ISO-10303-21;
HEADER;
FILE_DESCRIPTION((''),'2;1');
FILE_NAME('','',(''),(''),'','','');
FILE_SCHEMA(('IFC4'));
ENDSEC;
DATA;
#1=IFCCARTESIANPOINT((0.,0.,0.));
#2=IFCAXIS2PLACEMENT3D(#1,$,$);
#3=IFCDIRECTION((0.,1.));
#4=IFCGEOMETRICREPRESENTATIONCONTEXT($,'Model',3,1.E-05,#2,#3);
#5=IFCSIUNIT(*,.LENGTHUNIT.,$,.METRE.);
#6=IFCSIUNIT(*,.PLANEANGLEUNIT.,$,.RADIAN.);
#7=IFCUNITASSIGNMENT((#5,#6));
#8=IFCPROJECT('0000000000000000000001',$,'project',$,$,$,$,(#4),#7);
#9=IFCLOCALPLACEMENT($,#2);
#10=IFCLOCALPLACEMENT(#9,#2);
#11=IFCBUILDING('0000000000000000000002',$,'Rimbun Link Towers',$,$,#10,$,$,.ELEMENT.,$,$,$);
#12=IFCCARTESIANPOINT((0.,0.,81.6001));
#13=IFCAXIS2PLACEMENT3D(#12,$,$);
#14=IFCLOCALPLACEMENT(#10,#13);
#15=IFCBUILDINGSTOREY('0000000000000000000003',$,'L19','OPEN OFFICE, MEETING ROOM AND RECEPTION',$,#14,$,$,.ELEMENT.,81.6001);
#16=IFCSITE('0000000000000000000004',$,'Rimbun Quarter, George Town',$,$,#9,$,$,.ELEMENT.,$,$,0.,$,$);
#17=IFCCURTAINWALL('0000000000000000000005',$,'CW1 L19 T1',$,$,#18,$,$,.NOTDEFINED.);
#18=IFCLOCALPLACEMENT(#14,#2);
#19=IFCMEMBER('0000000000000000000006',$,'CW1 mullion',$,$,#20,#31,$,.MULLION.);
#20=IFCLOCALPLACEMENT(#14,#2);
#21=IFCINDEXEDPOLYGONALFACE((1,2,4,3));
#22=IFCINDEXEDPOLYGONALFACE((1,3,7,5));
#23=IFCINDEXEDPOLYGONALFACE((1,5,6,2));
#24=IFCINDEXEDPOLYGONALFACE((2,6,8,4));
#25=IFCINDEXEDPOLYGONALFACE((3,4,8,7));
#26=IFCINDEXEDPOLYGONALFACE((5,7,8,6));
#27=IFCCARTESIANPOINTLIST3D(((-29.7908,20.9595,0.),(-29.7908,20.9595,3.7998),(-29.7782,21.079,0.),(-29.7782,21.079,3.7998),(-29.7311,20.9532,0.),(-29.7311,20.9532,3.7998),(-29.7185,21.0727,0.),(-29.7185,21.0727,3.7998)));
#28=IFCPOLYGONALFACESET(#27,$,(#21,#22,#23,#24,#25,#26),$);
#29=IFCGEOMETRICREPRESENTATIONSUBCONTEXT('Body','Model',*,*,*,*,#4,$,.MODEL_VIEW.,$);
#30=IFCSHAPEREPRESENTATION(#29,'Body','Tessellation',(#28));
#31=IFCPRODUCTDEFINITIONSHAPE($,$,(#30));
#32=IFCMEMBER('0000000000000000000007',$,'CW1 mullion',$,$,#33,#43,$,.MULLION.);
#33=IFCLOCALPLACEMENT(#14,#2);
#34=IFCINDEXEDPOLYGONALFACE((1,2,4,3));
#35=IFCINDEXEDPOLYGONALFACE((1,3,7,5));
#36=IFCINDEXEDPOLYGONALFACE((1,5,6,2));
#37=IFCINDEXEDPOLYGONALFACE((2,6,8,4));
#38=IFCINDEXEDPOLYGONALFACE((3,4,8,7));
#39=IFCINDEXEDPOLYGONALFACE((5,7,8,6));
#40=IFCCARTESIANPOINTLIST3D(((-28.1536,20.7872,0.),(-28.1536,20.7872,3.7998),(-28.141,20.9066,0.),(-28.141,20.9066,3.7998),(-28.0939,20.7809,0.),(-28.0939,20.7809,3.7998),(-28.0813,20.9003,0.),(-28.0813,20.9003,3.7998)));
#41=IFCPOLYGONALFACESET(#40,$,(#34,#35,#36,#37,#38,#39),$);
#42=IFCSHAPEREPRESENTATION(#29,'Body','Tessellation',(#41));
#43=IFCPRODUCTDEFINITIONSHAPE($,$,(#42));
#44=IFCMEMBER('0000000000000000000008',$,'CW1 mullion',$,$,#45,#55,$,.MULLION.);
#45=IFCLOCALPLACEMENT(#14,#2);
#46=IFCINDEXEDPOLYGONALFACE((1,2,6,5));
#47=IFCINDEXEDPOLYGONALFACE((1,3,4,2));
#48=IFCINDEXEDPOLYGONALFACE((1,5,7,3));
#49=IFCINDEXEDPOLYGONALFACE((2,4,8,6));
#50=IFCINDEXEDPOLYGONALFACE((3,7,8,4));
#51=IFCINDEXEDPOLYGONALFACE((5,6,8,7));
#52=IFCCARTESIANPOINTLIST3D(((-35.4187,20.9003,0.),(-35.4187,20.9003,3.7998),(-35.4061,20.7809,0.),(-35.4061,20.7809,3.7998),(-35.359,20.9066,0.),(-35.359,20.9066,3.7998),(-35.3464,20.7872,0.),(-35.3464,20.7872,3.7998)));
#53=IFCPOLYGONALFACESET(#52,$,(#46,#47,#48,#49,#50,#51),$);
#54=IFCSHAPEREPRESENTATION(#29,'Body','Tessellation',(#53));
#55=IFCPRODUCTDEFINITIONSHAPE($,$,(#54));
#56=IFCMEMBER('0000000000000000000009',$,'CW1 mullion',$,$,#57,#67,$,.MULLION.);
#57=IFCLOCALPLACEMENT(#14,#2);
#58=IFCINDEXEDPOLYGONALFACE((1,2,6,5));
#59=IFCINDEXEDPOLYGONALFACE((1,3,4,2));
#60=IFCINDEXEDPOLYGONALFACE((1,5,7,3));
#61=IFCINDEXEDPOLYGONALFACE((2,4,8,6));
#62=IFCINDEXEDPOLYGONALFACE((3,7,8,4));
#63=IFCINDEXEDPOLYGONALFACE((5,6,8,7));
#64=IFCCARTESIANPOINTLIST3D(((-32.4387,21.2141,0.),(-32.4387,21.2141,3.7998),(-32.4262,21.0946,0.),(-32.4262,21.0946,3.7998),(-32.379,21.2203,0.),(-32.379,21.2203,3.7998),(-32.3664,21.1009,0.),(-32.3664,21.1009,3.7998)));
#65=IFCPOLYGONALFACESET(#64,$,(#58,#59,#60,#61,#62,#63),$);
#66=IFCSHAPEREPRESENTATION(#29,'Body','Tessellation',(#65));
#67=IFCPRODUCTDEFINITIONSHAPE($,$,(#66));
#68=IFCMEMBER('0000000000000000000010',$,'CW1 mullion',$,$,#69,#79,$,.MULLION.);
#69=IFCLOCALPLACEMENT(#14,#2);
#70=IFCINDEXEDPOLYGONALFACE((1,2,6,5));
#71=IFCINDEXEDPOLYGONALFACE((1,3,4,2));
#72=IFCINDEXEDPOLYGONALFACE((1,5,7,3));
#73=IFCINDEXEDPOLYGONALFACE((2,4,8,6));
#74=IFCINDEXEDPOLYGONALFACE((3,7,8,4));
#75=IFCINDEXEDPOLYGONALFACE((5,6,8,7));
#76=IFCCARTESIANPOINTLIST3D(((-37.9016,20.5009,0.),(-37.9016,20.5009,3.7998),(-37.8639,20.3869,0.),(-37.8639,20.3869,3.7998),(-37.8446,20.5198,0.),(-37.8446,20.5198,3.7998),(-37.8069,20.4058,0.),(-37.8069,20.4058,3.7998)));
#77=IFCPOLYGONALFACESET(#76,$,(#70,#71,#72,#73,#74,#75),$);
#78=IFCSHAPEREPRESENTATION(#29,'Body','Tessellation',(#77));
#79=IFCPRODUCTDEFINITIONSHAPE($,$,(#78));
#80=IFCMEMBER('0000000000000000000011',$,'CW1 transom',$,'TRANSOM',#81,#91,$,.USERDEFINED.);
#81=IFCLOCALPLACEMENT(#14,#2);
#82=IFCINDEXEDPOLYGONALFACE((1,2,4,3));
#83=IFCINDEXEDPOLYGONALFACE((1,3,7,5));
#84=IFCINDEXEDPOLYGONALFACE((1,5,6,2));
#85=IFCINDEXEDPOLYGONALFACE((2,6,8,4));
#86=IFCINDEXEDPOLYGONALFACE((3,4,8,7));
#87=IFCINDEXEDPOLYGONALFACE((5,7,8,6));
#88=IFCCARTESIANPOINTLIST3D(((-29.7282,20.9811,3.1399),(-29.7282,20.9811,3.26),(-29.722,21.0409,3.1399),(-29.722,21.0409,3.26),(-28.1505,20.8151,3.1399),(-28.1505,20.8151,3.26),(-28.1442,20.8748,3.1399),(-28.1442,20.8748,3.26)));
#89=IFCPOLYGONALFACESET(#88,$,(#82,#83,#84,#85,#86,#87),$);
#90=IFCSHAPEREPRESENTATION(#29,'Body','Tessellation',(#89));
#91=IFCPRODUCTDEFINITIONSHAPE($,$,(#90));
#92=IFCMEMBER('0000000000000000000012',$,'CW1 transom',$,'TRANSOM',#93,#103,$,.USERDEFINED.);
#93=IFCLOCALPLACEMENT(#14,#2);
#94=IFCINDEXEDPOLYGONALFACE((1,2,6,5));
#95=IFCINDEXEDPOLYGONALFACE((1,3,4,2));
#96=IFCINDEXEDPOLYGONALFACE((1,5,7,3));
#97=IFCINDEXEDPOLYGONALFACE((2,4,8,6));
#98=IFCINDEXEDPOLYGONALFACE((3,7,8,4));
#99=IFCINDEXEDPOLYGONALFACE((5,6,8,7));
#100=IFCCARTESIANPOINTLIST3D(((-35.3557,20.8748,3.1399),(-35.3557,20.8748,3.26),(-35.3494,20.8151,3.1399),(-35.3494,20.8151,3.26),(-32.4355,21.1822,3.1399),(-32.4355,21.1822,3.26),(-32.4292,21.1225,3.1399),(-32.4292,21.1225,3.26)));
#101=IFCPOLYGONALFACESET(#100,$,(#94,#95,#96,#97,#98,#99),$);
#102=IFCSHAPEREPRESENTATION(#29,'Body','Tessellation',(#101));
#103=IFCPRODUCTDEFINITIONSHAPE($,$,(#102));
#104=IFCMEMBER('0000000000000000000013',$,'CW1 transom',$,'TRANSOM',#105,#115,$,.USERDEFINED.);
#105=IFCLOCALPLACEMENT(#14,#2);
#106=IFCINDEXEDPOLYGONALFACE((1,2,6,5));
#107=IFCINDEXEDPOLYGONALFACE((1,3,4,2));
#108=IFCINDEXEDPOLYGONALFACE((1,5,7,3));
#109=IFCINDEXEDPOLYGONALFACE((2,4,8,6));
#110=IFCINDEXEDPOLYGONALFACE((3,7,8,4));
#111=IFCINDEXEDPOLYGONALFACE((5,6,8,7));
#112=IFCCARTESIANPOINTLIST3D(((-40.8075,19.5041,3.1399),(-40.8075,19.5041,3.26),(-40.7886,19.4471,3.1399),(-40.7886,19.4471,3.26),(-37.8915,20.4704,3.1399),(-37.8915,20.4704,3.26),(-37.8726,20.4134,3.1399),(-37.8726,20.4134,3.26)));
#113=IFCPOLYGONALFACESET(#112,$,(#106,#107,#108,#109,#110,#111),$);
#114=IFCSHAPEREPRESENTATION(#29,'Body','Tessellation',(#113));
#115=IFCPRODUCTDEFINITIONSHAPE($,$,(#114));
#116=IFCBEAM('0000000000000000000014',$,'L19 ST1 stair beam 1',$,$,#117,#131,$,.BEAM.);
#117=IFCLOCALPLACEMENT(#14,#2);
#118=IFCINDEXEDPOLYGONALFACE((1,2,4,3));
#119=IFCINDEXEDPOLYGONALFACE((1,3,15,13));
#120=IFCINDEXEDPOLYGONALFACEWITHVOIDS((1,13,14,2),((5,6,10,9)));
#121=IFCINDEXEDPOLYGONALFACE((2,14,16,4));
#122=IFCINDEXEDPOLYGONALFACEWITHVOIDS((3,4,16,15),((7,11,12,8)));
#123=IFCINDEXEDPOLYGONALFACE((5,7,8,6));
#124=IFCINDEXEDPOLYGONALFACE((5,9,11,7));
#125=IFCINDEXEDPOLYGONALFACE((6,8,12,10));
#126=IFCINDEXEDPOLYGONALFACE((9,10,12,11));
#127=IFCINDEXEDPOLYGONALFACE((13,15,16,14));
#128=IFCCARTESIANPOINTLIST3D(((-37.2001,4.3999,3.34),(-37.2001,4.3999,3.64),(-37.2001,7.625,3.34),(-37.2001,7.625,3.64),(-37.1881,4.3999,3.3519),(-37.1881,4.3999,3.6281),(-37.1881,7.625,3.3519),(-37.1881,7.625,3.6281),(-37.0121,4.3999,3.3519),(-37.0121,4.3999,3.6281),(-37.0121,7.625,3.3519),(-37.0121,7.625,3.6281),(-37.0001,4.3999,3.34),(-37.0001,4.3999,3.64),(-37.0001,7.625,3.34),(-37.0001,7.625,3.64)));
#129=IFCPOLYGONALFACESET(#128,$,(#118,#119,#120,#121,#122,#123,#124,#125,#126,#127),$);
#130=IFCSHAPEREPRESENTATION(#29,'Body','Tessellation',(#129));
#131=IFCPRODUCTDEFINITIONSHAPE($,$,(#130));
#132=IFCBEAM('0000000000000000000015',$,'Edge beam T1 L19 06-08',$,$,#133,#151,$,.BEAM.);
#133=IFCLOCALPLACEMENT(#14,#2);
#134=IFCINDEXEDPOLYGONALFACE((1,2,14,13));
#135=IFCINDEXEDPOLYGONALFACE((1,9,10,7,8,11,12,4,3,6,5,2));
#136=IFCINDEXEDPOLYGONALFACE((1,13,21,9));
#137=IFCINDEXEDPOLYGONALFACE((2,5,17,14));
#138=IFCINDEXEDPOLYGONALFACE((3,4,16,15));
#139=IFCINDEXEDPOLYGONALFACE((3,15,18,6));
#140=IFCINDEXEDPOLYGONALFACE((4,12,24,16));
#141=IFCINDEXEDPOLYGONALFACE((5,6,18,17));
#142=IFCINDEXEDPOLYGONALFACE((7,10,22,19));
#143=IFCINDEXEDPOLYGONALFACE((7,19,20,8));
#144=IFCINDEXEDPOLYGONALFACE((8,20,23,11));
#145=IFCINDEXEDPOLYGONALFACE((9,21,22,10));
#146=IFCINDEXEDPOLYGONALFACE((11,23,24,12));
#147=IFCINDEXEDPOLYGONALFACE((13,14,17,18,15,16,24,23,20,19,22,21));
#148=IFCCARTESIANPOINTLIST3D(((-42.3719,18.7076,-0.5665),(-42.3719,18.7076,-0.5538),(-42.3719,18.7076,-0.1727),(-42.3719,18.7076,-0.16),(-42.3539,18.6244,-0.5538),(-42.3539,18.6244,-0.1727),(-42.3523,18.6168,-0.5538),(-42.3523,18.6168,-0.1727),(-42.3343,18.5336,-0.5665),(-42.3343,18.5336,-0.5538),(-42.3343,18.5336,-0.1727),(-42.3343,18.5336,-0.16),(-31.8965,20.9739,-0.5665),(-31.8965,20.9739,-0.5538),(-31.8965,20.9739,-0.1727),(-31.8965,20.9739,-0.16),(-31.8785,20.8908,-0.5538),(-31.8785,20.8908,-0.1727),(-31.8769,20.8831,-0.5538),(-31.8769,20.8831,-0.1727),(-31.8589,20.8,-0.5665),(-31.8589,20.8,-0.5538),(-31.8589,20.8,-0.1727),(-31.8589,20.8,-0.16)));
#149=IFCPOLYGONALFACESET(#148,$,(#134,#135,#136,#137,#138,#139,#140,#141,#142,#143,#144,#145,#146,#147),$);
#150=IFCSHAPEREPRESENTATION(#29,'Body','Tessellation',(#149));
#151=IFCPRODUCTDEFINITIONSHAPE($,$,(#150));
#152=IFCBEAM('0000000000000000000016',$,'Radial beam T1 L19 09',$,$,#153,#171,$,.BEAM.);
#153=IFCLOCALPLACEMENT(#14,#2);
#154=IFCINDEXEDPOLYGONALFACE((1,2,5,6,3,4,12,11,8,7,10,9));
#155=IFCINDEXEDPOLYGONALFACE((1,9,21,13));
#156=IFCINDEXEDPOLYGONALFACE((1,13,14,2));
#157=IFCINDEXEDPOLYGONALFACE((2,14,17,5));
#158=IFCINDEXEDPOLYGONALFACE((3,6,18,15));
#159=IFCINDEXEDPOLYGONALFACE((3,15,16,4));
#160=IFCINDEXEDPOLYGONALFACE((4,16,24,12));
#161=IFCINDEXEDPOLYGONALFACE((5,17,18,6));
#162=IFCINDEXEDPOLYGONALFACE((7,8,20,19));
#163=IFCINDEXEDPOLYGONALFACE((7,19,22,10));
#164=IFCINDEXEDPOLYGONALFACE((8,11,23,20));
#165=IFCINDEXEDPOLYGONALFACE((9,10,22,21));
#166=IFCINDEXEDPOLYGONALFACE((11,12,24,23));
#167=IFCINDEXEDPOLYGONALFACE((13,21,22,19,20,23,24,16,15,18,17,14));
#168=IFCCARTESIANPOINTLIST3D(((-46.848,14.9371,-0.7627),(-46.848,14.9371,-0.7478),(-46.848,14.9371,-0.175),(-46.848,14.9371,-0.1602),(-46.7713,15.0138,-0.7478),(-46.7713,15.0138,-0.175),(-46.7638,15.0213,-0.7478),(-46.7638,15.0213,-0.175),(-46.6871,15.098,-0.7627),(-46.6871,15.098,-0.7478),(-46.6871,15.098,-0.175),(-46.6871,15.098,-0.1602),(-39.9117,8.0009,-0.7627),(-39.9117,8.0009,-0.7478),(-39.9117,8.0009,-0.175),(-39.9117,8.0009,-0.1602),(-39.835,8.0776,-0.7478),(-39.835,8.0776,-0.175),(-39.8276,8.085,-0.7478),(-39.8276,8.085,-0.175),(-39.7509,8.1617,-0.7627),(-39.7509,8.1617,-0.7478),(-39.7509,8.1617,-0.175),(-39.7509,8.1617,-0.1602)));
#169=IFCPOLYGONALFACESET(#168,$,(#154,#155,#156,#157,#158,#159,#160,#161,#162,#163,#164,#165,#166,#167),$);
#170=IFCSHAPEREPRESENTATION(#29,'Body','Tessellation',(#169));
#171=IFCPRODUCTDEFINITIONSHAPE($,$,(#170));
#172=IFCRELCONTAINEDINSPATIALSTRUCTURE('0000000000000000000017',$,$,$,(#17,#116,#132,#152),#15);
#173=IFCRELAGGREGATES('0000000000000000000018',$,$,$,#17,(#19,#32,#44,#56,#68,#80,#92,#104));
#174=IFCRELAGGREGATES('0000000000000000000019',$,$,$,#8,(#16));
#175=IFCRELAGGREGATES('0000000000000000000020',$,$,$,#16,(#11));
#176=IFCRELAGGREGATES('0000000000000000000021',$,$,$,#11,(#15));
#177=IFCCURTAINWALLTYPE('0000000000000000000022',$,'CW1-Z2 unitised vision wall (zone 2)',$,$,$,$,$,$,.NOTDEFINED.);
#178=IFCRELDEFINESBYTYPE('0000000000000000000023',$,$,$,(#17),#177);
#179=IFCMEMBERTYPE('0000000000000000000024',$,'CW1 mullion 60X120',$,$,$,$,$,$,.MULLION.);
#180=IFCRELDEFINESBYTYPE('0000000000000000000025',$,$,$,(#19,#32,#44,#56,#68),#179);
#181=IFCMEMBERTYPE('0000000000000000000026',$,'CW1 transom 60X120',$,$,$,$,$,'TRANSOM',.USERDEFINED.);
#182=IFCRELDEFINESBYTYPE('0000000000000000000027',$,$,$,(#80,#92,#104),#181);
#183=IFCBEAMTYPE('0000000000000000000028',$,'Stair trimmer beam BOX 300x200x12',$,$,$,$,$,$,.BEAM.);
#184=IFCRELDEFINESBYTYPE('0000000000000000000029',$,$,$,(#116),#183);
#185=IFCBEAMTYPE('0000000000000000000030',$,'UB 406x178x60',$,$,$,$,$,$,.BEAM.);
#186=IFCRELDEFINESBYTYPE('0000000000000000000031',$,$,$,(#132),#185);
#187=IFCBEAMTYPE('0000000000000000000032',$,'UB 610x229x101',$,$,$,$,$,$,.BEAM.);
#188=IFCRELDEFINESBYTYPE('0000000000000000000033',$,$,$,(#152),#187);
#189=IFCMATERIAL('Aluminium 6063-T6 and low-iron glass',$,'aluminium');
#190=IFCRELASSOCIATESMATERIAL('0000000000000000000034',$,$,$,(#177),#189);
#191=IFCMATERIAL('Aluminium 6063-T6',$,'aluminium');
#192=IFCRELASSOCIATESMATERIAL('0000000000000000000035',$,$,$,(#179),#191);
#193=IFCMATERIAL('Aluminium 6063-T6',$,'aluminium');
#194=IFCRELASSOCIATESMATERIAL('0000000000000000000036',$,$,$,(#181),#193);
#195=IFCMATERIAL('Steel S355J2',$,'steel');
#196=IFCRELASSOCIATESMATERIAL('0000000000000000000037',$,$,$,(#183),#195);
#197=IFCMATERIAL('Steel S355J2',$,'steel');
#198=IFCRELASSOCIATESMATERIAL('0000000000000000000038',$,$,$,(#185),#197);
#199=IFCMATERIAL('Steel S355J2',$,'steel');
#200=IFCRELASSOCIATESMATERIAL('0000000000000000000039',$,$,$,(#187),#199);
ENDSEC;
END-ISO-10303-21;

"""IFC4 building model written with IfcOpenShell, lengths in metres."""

from ifc_helpers import new_model, si_unit, direction, frame, origin, origin_2d, place, context, subcontext, project, spatial, rectangle, hollow_rectangle, i_section, extrude, material, material_profile, profile_set, type_object, element, aggregate, save


model = new_model("IFC4")

# Units and contexts
model_context = context("Model", 3, precision=1e-05, world=origin(), true_north=direction((0.0, 1.0)))
body_context = subcontext(model_context, "Body", "Model", "MODEL_VIEW")
ifc_project = project(units=[si_unit("LENGTHUNIT", "METRE"), si_unit("PLANEANGLEUNIT", "RADIAN")], contexts=[model_context])

# Site, building, storey
site_placement = place(None, origin())
site = spatial("IfcSite", under=ifc_project, at=site_placement, Name="Rimbun Quarter, George Town", CompositionType="ELEMENT", RefElevation=0.0)
building_placement = place(site_placement, origin())
building = spatial("IfcBuilding", under=site, at=building_placement, Name="Rimbun Link Towers", CompositionType="ELEMENT")
storey_placement = place(building_placement, frame((0.0, 0.0, 81.6001)))
storey = spatial("IfcBuildingStorey", under=building, at=storey_placement, Name="L19", Description="OPEN OFFICE, MEETING ROOM AND RECEPTION", CompositionType="ELEMENT", Elevation=81.6001)

# Curtain wall, members
ifc_material_1 = material(Name="Aluminium 6063-T6 and low-iron glass", Category="aluminium")
curtain_wall_type = type_object("IfcCurtainWallType", Name="CW1-Z2 unitised vision wall (zone 2)", PredefinedType="NOTDEFINED", material=ifc_material_1)
curtain_wall_placement = place(storey_placement, origin())
curtain_wall = element("IfcCurtainWall", 1, at=curtain_wall_placement, inside=storey, type_object=curtain_wall_type, Name="CW1 L19 T1", PredefinedType="NOTDEFINED")
ifc_material_2 = material(Name="Aluminium 6063-T6", Category="aluminium")
ifc_material_profile_1 = material_profile(ifc_material_2, rectangle(XDim=0.1201, YDim=0.0601, at=origin_2d()), Name="MULLION 60X120")
ifc_profile_set_1 = profile_set([ifc_material_profile_1], Name="Aluminium 6063-T6")
member_type_1 = type_object("IfcMemberType", Name="CW1 mullion 60X120", PredefinedType="MULLION", material=ifc_profile_set_1)
member_1_placement = place(storey_placement, frame((-29.7546, 21.0161, 0.0), z_axis=(0.0, 0.0, 1.0), x_axis=(0.104736, 0.9945, 0.0)))
member_1 = element("IfcMember", 2, at=member_1_placement, type_object=member_type_1, Name="CW1 mullion", PredefinedType="MULLION", context=body_context, shape_type="SweptSolid", body=[
    extrude(rectangle(XDim=0.1201, YDim=0.0601, at=origin_2d()), origin(), (0.0, 0.0, 1.0), 3.7998),
])
member_2_placement = place(storey_placement, frame((-28.1174, 20.8438, 0.0), z_axis=(0.0, 0.0, 1.0), x_axis=(0.104736, 0.9945, 0.0)))
member_2 = element("IfcMember", 3, at=member_2_placement, type_object=member_type_1, Name="CW1 mullion", PredefinedType="MULLION", context=body_context, shape_type="SweptSolid", body=[
    extrude(rectangle(XDim=0.1201, YDim=0.0601, at=origin_2d()), origin(), (0.0, 0.0, 1.0), 3.7998),
])
member_3_placement = place(storey_placement, frame((-35.3826, 20.8438, 0.0), z_axis=(0.0, 0.0, 1.0), x_axis=(-0.104736, 0.9945, 0.0)))
member_3 = element("IfcMember", 4, at=member_3_placement, type_object=member_type_1, Name="CW1 mullion", PredefinedType="MULLION", context=body_context, shape_type="SweptSolid", body=[
    extrude(rectangle(XDim=0.1201, YDim=0.0601, at=origin_2d()), origin(), (0.0, 0.0, 1.0), 3.7998),
])
member_4_placement = place(storey_placement, frame((-32.4026, 21.1575, 0.0), z_axis=(0.0, 0.0, 1.0), x_axis=(-0.104736, 0.9945, 0.0)))
member_4 = element("IfcMember", 5, at=member_4_placement, type_object=member_type_1, Name="CW1 mullion", PredefinedType="MULLION", context=body_context, shape_type="SweptSolid", body=[
    extrude(rectangle(XDim=0.1201, YDim=0.0601, at=origin_2d()), origin(), (0.0, 0.0, 1.0), 3.7998),
])
member_5_placement = place(storey_placement, frame((-37.8542, 20.4534, 0.0), z_axis=(0.0, 0.0, 1.0), x_axis=(-0.314576, 0.949232, 0.0)))
member_5 = element("IfcMember", 6, at=member_5_placement, type_object=member_type_1, Name="CW1 mullion", PredefinedType="MULLION", context=body_context, shape_type="SweptSolid", body=[
    extrude(rectangle(XDim=0.1201, YDim=0.0601, at=origin_2d()), origin(), (0.0, 0.0, 1.0), 3.7998),
])
ifc_material_3 = material(Name="Aluminium 6063-T6", Category="aluminium")
ifc_material_profile_2 = material_profile(ifc_material_3, rectangle(XDim=0.0601, YDim=0.1201, at=origin_2d()), Name="TRANSOM 60X120")
ifc_profile_set_2 = profile_set([ifc_material_profile_2], Name="Aluminium 6063-T6")
member_type_2 = type_object("IfcMemberType", Name="CW1 transom 60X120", ElementType="TRANSOM", PredefinedType="USERDEFINED", material=ifc_profile_set_2)
member_6_placement = place(storey_placement, frame((-29.7251, 21.011, 3.2), z_axis=(0.994509, -0.104653, 0.0), x_axis=(0.104653, 0.994509, 0.0)))
member_6 = element("IfcMember", 7, at=member_6_placement, type_object=member_type_2, Name="CW1 transom", ObjectType="TRANSOM", PredefinedType="USERDEFINED", context=body_context, shape_type="SweptSolid", body=[
    extrude(rectangle(XDim=0.0601, YDim=0.1201, at=origin_2d()), origin(), (0.0, 0.0, 1.0), 1.5864),
])
member_7_placement = place(storey_placement, frame((-35.3525, 20.845, 3.2), z_axis=(0.994506, 0.10468, 0.0), x_axis=(-0.10468, 0.994506, 0.0)))
member_7 = element("IfcMember", 8, at=member_7_placement, type_object=member_type_2, Name="CW1 transom", ObjectType="TRANSOM", PredefinedType="USERDEFINED", context=body_context, shape_type="SweptSolid", body=[
    extrude(rectangle(XDim=0.0601, YDim=0.1201, at=origin_2d()), origin(), (0.0, 0.0, 1.0), 2.9363),
])
member_8_placement = place(storey_placement, frame((-40.7981, 19.4756, 3.2), z_axis=(0.949238, 0.314558, 0.0), x_axis=(-0.314558, 0.949238, 0.0)))
member_8 = element("IfcMember", 9, at=member_8_placement, type_object=member_type_2, Name="CW1 transom", ObjectType="TRANSOM", PredefinedType="USERDEFINED", context=body_context, shape_type="SweptSolid", body=[
    extrude(rectangle(XDim=0.0601, YDim=0.1201, at=origin_2d()), origin(), (0.0, 0.0, 1.0), 3.072),
])

# Beams
ifc_material_4 = material(Name="Steel S355J2", Category="steel")
ifc_material_profile_3 = material_profile(ifc_material_4, hollow_rectangle(XDim=0.2, YDim=0.3, WallThickness=0.012, at=origin_2d()), Name="BOX 300x200x12")
ifc_profile_set_3 = profile_set([ifc_material_profile_3], Name="Steel S355J2")
beam_type_1 = type_object("IfcBeamType", Name="Stair trimmer beam BOX 300x200x12", PredefinedType="BEAM", material=ifc_profile_set_3)
beam_1_placement = place(storey_placement, frame((-37.1001, 7.625, 3.49), z_axis=(0.0, -1.0, 0.0), x_axis=(1.0, 0.0, 0.0)))
element("IfcBeam", 10, at=beam_1_placement, inside=storey, type_object=beam_type_1, Name="L19 ST1 stair beam 1", PredefinedType="BEAM", context=body_context, shape_type="SweptSolid", body=[
    extrude(hollow_rectangle(XDim=0.2, YDim=0.3, WallThickness=0.012, at=origin_2d()), origin(), (0.0, 0.0, 1.0), 3.2251),
])
ifc_material_5 = material(Name="Steel S355J2", Category="steel")
ifc_material_profile_4 = material_profile(ifc_material_5, i_section(OverallWidth=0.178, OverallDepth=0.4065, WebThickness=0.0078, FlangeThickness=0.0127, at=origin_2d()), Name="UB 406x178x60")
ifc_profile_set_4 = profile_set([ifc_material_profile_4], Name="Steel S355J2")
beam_type_2 = type_object("IfcBeamType", Name="UB 406x178x60", PredefinedType="BEAM", material=ifc_profile_set_4)
beam_2_placement = place(storey_placement, frame((-31.8777, 20.887, -0.3633), z_axis=(-0.977387, -0.211459, 0.0), x_axis=(0.211459, -0.977387, 0.0)))
element("IfcBeam", 11, at=beam_2_placement, inside=storey, type_object=beam_type_2, Name="Edge beam T1 L19 06-08", PredefinedType="BEAM", context=body_context, shape_type="SweptSolid", body=[
    extrude(i_section(OverallWidth=0.178, OverallDepth=0.4065, WebThickness=0.0078, FlangeThickness=0.0127, at=origin_2d()), origin(), (0.0, 0.0, 1.0), 10.7178),
])
ifc_material_6 = material(Name="Steel S355J2", Category="steel")
ifc_material_profile_5 = material_profile(ifc_material_6, i_section(OverallWidth=0.2275, OverallDepth=0.6025, WebThickness=0.0105, FlangeThickness=0.0149, at=origin_2d()), Name="UB 610x229x101")
ifc_profile_set_5 = profile_set([ifc_material_profile_5], Name="Steel S355J2")
beam_type_3 = type_object("IfcBeamType", Name="UB 610x229x101", PredefinedType="BEAM", material=ifc_profile_set_5)
beam_3_placement = place(storey_placement, frame((-39.8313, 8.0813, -0.4614), z_axis=(-0.707107, 0.707107, 0.0), x_axis=(-0.707107, -0.707107, 0.0)))
element("IfcBeam", 12, at=beam_3_placement, inside=storey, type_object=beam_type_3, Name="Radial beam T1 L19 09", PredefinedType="BEAM", context=body_context, shape_type="SweptSolid", body=[
    extrude(i_section(OverallWidth=0.2275, OverallDepth=0.6025, WebThickness=0.0105, FlangeThickness=0.0149, at=origin_2d()), origin(), (0.0, 0.0, 1.0), 9.8093),
])

aggregate(curtain_wall, [member_1, member_2, member_3, member_4, member_5, member_6, member_7, member_8])

save(model, "model.ifc")
